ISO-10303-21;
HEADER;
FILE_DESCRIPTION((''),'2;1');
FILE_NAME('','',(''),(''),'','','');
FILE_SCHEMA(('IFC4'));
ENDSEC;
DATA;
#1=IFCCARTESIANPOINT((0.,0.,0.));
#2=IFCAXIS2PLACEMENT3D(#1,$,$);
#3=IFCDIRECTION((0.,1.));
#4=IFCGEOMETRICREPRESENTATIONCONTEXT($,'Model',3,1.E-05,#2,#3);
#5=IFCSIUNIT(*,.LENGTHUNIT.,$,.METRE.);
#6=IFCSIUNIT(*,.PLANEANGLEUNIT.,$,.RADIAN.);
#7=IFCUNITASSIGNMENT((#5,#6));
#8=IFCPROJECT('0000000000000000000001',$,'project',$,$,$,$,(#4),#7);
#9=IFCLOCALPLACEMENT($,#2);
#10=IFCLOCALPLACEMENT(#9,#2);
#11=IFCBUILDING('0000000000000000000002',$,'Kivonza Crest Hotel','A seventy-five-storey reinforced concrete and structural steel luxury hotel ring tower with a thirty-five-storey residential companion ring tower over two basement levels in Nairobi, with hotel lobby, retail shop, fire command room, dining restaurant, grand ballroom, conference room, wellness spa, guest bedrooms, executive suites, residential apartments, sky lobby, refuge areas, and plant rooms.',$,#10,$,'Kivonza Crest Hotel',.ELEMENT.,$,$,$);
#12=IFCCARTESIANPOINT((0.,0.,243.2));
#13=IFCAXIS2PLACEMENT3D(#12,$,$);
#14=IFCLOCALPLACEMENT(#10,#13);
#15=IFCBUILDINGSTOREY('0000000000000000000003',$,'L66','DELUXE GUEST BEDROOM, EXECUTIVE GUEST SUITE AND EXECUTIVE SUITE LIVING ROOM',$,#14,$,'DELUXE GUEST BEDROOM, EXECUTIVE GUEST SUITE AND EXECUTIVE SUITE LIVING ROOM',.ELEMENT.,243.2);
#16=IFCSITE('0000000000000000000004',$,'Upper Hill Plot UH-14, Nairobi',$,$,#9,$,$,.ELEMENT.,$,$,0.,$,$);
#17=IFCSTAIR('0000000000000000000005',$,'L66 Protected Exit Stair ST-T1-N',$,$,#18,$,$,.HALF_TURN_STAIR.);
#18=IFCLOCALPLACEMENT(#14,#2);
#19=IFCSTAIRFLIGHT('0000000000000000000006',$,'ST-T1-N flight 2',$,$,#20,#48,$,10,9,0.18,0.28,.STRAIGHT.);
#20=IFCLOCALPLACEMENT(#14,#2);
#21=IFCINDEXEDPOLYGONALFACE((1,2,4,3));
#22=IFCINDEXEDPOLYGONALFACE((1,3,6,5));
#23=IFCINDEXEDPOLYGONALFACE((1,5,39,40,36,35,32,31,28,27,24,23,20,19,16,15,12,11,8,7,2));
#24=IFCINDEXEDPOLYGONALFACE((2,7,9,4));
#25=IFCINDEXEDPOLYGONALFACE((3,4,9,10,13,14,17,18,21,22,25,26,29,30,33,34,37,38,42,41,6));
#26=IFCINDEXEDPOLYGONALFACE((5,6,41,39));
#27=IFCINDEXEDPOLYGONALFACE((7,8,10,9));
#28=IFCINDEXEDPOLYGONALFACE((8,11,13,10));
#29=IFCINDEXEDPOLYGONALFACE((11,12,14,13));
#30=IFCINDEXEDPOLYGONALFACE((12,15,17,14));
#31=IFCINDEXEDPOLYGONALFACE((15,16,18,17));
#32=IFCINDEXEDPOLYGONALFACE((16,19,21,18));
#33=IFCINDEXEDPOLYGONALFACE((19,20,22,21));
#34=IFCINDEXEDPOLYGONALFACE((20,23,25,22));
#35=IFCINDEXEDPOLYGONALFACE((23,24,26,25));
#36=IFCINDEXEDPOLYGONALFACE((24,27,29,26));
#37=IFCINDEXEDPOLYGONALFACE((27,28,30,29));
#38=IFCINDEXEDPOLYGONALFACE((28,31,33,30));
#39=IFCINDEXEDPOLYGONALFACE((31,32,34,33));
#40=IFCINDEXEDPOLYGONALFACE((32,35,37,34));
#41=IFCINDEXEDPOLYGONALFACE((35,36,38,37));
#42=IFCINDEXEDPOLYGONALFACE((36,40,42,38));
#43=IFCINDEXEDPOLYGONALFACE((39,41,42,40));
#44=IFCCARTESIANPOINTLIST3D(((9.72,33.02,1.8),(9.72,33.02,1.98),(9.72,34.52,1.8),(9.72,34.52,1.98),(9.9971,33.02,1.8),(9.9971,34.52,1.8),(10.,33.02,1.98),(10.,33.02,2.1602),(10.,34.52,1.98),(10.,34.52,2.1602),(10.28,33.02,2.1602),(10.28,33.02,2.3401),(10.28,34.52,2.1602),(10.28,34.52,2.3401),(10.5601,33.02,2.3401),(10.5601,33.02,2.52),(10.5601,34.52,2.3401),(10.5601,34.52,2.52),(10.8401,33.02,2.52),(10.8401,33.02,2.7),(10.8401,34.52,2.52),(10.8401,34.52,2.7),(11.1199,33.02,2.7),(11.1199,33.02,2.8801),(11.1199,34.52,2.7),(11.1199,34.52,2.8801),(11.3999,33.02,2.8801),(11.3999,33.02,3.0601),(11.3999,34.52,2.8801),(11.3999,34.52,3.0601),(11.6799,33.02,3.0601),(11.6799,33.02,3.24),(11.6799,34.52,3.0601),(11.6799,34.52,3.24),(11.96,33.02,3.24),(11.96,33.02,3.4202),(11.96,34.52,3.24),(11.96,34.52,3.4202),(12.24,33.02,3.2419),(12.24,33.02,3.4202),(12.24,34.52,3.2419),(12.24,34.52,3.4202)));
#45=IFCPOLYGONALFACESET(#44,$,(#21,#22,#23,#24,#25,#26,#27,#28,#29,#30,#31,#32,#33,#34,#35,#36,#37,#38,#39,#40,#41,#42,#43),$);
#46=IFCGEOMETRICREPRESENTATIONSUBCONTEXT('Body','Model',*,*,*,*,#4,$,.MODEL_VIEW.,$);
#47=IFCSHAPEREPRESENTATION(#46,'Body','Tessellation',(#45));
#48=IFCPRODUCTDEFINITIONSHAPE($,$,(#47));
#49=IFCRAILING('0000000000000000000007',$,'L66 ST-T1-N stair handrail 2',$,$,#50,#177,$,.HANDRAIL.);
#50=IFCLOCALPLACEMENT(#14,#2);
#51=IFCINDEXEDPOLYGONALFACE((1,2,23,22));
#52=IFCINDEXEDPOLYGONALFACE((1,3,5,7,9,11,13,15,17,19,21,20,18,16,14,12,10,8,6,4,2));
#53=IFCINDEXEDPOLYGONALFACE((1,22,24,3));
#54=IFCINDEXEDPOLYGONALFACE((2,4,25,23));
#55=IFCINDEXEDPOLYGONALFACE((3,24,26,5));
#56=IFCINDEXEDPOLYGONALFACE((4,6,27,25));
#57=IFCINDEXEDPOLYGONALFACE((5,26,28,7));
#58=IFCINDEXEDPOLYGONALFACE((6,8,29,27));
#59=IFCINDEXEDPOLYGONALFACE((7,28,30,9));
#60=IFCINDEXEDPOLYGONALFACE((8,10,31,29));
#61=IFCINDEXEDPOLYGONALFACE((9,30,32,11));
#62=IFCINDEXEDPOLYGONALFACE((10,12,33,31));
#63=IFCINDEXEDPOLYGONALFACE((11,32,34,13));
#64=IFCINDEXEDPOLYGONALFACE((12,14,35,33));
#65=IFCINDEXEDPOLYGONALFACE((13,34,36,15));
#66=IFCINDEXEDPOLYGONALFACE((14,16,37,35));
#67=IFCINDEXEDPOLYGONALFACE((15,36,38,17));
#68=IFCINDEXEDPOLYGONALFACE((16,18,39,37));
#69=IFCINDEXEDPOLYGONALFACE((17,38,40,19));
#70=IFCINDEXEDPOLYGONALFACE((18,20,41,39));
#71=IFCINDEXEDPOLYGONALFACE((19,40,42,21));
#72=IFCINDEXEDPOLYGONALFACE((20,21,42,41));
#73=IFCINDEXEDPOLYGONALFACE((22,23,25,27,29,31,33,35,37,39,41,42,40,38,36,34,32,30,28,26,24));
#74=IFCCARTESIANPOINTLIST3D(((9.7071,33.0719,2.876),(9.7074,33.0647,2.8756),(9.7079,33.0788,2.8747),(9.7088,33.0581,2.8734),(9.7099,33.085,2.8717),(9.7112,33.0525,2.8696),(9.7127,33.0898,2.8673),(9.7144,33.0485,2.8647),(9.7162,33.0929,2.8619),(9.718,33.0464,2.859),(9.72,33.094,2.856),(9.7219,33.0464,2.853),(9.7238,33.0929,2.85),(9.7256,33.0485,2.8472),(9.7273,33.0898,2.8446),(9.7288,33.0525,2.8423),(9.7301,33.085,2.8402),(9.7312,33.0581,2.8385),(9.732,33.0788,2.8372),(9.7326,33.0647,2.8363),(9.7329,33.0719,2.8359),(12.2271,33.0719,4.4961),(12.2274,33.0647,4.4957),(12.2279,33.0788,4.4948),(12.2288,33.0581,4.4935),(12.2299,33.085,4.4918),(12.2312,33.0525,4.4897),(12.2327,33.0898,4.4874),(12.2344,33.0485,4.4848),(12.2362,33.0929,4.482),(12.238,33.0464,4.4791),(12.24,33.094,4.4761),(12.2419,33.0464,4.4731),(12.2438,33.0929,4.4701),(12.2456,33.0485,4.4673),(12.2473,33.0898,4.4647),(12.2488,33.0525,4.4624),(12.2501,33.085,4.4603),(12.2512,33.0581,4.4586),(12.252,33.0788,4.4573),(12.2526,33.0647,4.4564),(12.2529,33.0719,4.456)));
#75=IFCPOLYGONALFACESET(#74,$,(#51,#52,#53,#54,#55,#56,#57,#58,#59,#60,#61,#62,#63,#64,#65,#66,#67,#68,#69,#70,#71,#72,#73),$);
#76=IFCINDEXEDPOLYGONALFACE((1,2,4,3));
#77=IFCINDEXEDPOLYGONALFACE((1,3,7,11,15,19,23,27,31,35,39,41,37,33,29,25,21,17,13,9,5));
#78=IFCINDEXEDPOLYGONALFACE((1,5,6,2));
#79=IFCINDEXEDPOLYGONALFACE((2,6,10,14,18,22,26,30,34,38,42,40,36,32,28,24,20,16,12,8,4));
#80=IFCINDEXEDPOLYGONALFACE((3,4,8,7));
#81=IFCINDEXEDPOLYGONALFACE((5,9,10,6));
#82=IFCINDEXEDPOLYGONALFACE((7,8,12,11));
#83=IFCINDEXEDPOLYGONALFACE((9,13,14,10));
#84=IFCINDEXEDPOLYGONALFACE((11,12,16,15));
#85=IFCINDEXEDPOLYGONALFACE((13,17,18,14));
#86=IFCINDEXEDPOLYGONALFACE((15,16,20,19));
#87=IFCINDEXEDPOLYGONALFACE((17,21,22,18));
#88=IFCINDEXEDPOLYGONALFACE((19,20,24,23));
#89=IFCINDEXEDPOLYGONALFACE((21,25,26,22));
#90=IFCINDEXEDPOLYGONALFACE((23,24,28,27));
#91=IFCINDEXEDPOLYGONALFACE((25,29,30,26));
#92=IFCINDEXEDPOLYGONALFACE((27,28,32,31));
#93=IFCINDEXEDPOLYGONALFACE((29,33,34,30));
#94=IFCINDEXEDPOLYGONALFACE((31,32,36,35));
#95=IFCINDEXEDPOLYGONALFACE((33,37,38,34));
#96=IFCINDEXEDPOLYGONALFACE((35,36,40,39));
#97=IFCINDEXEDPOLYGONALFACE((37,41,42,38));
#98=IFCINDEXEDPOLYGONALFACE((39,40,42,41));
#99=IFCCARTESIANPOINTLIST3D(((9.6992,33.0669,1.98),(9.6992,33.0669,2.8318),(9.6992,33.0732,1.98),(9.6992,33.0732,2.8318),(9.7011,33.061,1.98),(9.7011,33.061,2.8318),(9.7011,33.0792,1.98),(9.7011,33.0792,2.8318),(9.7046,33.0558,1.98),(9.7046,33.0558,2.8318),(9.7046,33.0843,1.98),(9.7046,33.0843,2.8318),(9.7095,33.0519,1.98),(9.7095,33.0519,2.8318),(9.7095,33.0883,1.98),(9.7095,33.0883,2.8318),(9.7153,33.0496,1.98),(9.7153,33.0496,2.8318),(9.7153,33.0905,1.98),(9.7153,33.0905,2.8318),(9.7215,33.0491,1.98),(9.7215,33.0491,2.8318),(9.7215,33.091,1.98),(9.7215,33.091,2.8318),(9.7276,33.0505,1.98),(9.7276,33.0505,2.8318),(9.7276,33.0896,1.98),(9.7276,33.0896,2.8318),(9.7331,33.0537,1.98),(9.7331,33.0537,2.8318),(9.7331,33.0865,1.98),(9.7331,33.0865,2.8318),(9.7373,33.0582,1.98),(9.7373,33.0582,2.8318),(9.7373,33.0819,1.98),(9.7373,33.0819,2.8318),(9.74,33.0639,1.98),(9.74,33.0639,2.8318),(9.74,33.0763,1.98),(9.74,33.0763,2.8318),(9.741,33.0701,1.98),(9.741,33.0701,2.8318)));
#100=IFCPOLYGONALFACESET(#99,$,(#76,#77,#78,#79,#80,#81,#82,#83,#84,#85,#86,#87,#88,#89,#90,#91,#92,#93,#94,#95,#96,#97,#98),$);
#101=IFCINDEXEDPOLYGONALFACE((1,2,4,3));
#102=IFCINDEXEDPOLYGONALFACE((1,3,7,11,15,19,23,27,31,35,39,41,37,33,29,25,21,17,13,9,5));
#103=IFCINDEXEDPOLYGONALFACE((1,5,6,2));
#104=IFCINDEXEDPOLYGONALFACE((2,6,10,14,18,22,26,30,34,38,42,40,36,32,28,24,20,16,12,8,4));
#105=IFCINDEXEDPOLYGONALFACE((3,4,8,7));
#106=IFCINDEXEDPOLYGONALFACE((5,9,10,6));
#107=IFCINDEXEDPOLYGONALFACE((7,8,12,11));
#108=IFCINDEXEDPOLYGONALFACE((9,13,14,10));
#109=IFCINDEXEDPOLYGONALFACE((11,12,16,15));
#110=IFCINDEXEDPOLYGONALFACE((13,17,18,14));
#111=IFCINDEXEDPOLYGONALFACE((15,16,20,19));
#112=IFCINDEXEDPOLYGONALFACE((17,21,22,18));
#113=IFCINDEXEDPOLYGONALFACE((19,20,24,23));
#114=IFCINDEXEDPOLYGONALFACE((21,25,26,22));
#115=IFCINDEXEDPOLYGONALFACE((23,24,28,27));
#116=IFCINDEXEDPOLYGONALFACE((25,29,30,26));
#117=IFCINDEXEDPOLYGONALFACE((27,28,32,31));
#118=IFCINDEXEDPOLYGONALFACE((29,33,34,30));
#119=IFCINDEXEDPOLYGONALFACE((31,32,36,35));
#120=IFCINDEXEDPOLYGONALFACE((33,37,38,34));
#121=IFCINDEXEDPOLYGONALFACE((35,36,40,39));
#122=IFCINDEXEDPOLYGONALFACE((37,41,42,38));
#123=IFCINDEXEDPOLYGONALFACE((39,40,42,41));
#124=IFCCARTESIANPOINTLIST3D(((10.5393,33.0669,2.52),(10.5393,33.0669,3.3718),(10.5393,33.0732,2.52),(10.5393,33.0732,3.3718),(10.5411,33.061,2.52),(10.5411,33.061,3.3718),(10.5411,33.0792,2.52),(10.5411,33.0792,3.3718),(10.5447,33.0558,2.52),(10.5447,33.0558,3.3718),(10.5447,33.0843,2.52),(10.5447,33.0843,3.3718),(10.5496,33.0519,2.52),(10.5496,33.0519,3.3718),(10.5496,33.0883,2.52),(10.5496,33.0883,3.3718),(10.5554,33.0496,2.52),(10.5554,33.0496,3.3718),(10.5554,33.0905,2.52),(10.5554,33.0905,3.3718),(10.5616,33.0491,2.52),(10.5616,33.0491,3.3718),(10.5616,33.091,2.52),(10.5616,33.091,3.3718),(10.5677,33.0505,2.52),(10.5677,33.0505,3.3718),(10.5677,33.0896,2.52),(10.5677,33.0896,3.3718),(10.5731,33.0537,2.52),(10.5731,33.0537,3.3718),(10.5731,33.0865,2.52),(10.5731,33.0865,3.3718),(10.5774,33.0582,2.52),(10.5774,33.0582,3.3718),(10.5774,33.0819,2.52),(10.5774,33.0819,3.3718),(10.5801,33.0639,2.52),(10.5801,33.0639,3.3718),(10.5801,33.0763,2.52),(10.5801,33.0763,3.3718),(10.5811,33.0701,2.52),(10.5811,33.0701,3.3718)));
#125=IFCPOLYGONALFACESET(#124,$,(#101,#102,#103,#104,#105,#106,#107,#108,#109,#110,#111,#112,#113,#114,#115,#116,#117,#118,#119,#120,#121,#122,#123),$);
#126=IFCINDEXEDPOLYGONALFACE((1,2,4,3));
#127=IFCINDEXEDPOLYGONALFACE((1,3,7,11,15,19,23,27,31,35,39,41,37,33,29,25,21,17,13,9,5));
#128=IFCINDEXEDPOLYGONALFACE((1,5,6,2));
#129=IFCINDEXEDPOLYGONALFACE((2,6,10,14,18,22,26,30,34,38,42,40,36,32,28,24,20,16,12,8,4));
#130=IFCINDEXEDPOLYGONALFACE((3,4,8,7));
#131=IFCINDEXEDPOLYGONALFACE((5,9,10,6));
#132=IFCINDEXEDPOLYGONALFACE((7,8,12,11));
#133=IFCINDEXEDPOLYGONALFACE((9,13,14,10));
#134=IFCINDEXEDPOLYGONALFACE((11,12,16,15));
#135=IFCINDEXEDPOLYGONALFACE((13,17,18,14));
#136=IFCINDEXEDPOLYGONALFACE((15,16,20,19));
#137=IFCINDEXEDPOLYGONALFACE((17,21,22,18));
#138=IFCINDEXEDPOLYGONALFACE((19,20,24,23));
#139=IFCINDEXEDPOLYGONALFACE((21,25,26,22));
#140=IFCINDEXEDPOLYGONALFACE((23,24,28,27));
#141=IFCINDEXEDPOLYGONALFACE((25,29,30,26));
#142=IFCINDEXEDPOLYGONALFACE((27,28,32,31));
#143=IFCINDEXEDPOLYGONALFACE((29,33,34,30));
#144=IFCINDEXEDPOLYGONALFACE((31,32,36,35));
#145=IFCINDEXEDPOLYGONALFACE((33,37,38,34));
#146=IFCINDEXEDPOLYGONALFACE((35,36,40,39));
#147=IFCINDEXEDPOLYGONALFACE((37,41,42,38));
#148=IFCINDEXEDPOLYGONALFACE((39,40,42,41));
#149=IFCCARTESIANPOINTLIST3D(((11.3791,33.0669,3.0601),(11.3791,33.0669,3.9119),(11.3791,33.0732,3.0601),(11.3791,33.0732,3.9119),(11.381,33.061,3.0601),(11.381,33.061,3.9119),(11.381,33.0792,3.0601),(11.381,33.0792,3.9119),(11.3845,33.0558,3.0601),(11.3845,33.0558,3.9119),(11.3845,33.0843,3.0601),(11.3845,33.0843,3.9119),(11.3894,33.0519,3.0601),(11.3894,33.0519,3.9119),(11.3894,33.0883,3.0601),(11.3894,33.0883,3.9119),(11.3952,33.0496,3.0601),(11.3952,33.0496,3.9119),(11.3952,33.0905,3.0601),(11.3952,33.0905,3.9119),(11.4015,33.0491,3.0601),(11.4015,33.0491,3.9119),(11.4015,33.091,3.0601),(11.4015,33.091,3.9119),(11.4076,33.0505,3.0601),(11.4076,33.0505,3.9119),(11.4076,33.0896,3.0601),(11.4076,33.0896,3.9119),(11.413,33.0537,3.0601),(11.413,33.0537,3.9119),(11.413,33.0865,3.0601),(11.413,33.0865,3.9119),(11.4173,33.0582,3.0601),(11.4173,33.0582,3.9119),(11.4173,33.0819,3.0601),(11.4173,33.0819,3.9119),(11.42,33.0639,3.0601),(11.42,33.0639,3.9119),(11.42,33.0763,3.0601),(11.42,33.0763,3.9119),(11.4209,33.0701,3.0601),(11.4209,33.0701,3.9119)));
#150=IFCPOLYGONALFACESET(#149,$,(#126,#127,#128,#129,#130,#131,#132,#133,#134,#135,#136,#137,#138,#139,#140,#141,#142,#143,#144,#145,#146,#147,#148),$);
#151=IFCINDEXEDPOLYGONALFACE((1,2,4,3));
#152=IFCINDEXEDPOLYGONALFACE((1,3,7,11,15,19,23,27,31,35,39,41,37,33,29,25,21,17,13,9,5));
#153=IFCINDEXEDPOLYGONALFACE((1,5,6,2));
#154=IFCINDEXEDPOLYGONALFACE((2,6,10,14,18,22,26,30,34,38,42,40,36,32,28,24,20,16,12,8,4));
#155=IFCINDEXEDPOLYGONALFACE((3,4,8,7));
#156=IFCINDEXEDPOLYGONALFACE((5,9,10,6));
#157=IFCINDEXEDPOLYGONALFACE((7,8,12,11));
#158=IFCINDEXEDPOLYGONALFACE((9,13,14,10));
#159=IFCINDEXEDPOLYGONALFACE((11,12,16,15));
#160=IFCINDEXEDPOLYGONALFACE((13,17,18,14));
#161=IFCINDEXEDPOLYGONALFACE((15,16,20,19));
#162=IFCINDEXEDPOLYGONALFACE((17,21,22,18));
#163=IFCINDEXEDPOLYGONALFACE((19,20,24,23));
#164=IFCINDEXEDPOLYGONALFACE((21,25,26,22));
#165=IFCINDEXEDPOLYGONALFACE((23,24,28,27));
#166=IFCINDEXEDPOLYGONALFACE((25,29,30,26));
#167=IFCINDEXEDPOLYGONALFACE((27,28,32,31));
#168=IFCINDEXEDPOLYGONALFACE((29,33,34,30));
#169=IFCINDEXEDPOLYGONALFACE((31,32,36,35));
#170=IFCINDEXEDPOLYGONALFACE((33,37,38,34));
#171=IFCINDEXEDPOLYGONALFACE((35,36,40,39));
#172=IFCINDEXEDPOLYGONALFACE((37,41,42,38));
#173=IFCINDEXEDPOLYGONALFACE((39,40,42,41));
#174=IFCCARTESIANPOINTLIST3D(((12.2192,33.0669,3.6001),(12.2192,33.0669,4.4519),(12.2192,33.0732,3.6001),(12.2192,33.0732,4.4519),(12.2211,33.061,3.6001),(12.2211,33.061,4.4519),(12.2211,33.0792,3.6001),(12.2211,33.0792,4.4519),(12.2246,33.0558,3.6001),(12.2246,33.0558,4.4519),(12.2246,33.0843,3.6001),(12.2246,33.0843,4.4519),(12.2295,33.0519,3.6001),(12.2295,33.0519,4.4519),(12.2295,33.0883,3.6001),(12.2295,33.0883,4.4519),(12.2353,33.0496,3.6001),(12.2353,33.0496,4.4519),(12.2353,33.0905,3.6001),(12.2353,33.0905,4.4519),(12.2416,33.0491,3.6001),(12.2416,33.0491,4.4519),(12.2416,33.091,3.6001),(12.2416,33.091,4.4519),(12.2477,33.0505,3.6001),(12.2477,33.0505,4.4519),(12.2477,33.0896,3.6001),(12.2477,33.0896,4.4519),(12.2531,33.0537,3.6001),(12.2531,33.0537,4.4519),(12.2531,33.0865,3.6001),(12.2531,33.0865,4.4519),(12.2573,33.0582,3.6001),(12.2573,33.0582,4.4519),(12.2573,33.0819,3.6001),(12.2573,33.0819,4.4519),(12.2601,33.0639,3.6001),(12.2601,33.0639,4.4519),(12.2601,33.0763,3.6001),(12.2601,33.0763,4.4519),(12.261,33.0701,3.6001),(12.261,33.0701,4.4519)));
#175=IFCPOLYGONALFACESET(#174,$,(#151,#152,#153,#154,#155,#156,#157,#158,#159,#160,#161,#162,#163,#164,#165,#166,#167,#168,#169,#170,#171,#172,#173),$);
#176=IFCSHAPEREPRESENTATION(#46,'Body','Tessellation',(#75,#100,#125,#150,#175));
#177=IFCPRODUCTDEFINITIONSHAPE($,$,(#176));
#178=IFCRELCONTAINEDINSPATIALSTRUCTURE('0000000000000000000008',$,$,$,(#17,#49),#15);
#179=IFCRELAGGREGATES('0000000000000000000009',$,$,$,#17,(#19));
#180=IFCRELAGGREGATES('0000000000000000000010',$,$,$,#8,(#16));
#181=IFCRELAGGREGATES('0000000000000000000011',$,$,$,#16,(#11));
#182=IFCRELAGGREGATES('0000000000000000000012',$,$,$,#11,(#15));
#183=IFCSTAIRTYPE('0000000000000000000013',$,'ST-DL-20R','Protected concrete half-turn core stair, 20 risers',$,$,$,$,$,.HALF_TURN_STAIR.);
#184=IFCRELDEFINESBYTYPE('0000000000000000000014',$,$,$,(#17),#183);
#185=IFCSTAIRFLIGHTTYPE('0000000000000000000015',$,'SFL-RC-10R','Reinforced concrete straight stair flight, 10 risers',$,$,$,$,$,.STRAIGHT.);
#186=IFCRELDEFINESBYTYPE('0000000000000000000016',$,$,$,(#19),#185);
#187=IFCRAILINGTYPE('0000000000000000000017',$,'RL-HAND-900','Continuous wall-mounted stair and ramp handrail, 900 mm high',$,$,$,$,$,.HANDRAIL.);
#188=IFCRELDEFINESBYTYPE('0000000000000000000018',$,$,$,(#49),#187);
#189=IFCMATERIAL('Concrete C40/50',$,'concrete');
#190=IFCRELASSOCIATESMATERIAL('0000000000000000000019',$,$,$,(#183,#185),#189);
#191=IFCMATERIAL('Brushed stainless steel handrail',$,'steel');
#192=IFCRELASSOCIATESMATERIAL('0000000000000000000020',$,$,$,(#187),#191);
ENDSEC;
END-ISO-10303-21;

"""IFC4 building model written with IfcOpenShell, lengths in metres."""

from ifc_helpers import new_model, si_unit, direction, frame, origin, origin_2d, place, context, subcontext, project, spatial, polyline, circle, outline, extrude, material, type_object, element, aggregate, save


model = new_model("IFC4")

# Units and contexts
model_context = context("Model", 3, precision=1e-05, world=origin(), true_north=direction((0.0, 1.0)))
body_context = subcontext(model_context, "Body", "Model", "MODEL_VIEW")
ifc_project = project(units=[si_unit("LENGTHUNIT", "METRE"), si_unit("PLANEANGLEUNIT", "RADIAN")], contexts=[model_context])

# Site, building, storey
site_placement = place(None, origin())
site = spatial("IfcSite", under=ifc_project, at=site_placement, Name="Upper Hill Plot UH-14, Nairobi", CompositionType="ELEMENT", RefElevation=0.0)
building_placement = place(site_placement, origin())
building = spatial("IfcBuilding", under=site, at=building_placement, Name="Kivonza Crest Hotel", Description="A seventy-five-storey reinforced concrete and structural steel luxury hotel ring tower with a thirty-five-storey residential companion ring tower over two basement levels in Nairobi, with hotel lobby, retail shop, fire command room, dining restaurant, grand ballroom, conference room, wellness spa, guest bedrooms, executive suites, residential apartments, sky lobby, refuge areas, and plant rooms.", LongName="Kivonza Crest Hotel", CompositionType="ELEMENT")
storey_placement = place(building_placement, frame((0.0, 0.0, 243.2)))
storey = spatial("IfcBuildingStorey", under=building, at=storey_placement, Name="L66", Description="DELUXE GUEST BEDROOM, EXECUTIVE GUEST SUITE AND EXECUTIVE SUITE LIVING ROOM", LongName="DELUXE GUEST BEDROOM, EXECUTIVE GUEST SUITE AND EXECUTIVE SUITE LIVING ROOM", CompositionType="ELEMENT", Elevation=243.2)

# Stair, stair flight
ifc_material_1 = material(Name="Concrete C40/50", Category="concrete")
stair_type = type_object("IfcStairType", Name="ST-DL-20R", Description="Protected concrete half-turn core stair, 20 risers", PredefinedType="HALF_TURN_STAIR", material=ifc_material_1)
stair_placement = place(storey_placement, origin())
stair = element("IfcStair", 1, at=stair_placement, inside=storey, type_object=stair_type, Name="L66 Protected Exit Stair ST-T1-N", PredefinedType="HALF_TURN_STAIR")
stair_flight_type = type_object("IfcStairFlightType", Name="SFL-RC-10R", Description="Reinforced concrete straight stair flight, 10 risers", PredefinedType="STRAIGHT", material=ifc_material_1)
stair_flight_placement = place(storey_placement, frame((9.72, 33.77, 1.8), z_axis=(0.0, 0.0, 1.0), x_axis=(1.0, 0.0, 0.0)))
stair_flight = element("IfcStairFlight", 2, at=stair_flight_placement, type_object=stair_flight_type, Name="ST-T1-N flight 2", NumberOfRisers=10, NumberOfTreads=9, PredefinedType="STRAIGHT", RiserHeight=0.18, TreadLength=0.28, context=body_context, shape_type="SweptSolid", body=[
    extrude(outline(polyline([(0.0, 0.0), (0.0, 0.1799), (0.28, 0.1799), (0.28, 0.3601), (0.5601, 0.3601), (0.5601, 0.54), (0.8401, 0.54), (0.8401, 0.72), (1.1201, 0.72), (1.1201, 0.8999), (1.3999, 0.8999), (1.3999, 1.0801), (1.6799, 1.0801), (1.6799, 1.26), (1.96, 1.26), (1.96, 1.4399), (2.24, 1.4399), (2.24, 1.6201), (2.52, 1.6201), (2.52, 1.8), (2.52, 1.4419), (0.2771, 0.0), (0.0, 0.0)])), frame((0.0, 0.75, 0.0), z_axis=(0.0, -1.0, 0.0), x_axis=(1.0, 0.0, 0.0)), (0.0, 0.0, 1.0), 1.5),
])
aggregate(stair, [stair_flight])

# Railing
ifc_material_2 = material(Name="Brushed stainless steel handrail", Category="steel")
railing_type_1 = type_object("IfcRailingType", Name="RL-HAND-900", Description="Continuous wall-mounted stair and ramp handrail, 900 mm high", PredefinedType="HANDRAIL", material=ifc_material_2)
railing_1_placement = place(storey_placement, frame((9.72, 33.0701, 1.98)))
element("IfcRailing", 3, at=railing_1_placement, inside=storey, type_object=railing_type_1, Name="L66 ST-T1-N stair handrail 2", PredefinedType="HANDRAIL", context=body_context, shape_type="SweptSolid", body=[
    extrude(circle(Radius=0.0239, at=origin_2d()), frame((0.0, 0.0, 0.876), z_axis=(0.841163, 0.0, 0.540782), x_axis=(0.0, 1.0, 0.0)), (0.0, 0.0, 1.0), 2.9958),
    extrude(circle(Radius=0.021, at=origin_2d()), origin(), (0.0, 0.0, 1.0), 0.8518),
    extrude(circle(Radius=0.021, at=origin_2d()), frame((0.8401, 0.0, 0.54)), (0.0, 0.0, 1.0), 0.8518),
    extrude(circle(Radius=0.021, at=origin_2d()), frame((1.6799, 0.0, 1.0801)), (0.0, 0.0, 1.0), 0.8518),
    extrude(circle(Radius=0.021, at=origin_2d()), frame((2.52, 0.0, 1.6201)), (0.0, 0.0, 1.0), 0.8518),
])

save(model, "model.ifc")
